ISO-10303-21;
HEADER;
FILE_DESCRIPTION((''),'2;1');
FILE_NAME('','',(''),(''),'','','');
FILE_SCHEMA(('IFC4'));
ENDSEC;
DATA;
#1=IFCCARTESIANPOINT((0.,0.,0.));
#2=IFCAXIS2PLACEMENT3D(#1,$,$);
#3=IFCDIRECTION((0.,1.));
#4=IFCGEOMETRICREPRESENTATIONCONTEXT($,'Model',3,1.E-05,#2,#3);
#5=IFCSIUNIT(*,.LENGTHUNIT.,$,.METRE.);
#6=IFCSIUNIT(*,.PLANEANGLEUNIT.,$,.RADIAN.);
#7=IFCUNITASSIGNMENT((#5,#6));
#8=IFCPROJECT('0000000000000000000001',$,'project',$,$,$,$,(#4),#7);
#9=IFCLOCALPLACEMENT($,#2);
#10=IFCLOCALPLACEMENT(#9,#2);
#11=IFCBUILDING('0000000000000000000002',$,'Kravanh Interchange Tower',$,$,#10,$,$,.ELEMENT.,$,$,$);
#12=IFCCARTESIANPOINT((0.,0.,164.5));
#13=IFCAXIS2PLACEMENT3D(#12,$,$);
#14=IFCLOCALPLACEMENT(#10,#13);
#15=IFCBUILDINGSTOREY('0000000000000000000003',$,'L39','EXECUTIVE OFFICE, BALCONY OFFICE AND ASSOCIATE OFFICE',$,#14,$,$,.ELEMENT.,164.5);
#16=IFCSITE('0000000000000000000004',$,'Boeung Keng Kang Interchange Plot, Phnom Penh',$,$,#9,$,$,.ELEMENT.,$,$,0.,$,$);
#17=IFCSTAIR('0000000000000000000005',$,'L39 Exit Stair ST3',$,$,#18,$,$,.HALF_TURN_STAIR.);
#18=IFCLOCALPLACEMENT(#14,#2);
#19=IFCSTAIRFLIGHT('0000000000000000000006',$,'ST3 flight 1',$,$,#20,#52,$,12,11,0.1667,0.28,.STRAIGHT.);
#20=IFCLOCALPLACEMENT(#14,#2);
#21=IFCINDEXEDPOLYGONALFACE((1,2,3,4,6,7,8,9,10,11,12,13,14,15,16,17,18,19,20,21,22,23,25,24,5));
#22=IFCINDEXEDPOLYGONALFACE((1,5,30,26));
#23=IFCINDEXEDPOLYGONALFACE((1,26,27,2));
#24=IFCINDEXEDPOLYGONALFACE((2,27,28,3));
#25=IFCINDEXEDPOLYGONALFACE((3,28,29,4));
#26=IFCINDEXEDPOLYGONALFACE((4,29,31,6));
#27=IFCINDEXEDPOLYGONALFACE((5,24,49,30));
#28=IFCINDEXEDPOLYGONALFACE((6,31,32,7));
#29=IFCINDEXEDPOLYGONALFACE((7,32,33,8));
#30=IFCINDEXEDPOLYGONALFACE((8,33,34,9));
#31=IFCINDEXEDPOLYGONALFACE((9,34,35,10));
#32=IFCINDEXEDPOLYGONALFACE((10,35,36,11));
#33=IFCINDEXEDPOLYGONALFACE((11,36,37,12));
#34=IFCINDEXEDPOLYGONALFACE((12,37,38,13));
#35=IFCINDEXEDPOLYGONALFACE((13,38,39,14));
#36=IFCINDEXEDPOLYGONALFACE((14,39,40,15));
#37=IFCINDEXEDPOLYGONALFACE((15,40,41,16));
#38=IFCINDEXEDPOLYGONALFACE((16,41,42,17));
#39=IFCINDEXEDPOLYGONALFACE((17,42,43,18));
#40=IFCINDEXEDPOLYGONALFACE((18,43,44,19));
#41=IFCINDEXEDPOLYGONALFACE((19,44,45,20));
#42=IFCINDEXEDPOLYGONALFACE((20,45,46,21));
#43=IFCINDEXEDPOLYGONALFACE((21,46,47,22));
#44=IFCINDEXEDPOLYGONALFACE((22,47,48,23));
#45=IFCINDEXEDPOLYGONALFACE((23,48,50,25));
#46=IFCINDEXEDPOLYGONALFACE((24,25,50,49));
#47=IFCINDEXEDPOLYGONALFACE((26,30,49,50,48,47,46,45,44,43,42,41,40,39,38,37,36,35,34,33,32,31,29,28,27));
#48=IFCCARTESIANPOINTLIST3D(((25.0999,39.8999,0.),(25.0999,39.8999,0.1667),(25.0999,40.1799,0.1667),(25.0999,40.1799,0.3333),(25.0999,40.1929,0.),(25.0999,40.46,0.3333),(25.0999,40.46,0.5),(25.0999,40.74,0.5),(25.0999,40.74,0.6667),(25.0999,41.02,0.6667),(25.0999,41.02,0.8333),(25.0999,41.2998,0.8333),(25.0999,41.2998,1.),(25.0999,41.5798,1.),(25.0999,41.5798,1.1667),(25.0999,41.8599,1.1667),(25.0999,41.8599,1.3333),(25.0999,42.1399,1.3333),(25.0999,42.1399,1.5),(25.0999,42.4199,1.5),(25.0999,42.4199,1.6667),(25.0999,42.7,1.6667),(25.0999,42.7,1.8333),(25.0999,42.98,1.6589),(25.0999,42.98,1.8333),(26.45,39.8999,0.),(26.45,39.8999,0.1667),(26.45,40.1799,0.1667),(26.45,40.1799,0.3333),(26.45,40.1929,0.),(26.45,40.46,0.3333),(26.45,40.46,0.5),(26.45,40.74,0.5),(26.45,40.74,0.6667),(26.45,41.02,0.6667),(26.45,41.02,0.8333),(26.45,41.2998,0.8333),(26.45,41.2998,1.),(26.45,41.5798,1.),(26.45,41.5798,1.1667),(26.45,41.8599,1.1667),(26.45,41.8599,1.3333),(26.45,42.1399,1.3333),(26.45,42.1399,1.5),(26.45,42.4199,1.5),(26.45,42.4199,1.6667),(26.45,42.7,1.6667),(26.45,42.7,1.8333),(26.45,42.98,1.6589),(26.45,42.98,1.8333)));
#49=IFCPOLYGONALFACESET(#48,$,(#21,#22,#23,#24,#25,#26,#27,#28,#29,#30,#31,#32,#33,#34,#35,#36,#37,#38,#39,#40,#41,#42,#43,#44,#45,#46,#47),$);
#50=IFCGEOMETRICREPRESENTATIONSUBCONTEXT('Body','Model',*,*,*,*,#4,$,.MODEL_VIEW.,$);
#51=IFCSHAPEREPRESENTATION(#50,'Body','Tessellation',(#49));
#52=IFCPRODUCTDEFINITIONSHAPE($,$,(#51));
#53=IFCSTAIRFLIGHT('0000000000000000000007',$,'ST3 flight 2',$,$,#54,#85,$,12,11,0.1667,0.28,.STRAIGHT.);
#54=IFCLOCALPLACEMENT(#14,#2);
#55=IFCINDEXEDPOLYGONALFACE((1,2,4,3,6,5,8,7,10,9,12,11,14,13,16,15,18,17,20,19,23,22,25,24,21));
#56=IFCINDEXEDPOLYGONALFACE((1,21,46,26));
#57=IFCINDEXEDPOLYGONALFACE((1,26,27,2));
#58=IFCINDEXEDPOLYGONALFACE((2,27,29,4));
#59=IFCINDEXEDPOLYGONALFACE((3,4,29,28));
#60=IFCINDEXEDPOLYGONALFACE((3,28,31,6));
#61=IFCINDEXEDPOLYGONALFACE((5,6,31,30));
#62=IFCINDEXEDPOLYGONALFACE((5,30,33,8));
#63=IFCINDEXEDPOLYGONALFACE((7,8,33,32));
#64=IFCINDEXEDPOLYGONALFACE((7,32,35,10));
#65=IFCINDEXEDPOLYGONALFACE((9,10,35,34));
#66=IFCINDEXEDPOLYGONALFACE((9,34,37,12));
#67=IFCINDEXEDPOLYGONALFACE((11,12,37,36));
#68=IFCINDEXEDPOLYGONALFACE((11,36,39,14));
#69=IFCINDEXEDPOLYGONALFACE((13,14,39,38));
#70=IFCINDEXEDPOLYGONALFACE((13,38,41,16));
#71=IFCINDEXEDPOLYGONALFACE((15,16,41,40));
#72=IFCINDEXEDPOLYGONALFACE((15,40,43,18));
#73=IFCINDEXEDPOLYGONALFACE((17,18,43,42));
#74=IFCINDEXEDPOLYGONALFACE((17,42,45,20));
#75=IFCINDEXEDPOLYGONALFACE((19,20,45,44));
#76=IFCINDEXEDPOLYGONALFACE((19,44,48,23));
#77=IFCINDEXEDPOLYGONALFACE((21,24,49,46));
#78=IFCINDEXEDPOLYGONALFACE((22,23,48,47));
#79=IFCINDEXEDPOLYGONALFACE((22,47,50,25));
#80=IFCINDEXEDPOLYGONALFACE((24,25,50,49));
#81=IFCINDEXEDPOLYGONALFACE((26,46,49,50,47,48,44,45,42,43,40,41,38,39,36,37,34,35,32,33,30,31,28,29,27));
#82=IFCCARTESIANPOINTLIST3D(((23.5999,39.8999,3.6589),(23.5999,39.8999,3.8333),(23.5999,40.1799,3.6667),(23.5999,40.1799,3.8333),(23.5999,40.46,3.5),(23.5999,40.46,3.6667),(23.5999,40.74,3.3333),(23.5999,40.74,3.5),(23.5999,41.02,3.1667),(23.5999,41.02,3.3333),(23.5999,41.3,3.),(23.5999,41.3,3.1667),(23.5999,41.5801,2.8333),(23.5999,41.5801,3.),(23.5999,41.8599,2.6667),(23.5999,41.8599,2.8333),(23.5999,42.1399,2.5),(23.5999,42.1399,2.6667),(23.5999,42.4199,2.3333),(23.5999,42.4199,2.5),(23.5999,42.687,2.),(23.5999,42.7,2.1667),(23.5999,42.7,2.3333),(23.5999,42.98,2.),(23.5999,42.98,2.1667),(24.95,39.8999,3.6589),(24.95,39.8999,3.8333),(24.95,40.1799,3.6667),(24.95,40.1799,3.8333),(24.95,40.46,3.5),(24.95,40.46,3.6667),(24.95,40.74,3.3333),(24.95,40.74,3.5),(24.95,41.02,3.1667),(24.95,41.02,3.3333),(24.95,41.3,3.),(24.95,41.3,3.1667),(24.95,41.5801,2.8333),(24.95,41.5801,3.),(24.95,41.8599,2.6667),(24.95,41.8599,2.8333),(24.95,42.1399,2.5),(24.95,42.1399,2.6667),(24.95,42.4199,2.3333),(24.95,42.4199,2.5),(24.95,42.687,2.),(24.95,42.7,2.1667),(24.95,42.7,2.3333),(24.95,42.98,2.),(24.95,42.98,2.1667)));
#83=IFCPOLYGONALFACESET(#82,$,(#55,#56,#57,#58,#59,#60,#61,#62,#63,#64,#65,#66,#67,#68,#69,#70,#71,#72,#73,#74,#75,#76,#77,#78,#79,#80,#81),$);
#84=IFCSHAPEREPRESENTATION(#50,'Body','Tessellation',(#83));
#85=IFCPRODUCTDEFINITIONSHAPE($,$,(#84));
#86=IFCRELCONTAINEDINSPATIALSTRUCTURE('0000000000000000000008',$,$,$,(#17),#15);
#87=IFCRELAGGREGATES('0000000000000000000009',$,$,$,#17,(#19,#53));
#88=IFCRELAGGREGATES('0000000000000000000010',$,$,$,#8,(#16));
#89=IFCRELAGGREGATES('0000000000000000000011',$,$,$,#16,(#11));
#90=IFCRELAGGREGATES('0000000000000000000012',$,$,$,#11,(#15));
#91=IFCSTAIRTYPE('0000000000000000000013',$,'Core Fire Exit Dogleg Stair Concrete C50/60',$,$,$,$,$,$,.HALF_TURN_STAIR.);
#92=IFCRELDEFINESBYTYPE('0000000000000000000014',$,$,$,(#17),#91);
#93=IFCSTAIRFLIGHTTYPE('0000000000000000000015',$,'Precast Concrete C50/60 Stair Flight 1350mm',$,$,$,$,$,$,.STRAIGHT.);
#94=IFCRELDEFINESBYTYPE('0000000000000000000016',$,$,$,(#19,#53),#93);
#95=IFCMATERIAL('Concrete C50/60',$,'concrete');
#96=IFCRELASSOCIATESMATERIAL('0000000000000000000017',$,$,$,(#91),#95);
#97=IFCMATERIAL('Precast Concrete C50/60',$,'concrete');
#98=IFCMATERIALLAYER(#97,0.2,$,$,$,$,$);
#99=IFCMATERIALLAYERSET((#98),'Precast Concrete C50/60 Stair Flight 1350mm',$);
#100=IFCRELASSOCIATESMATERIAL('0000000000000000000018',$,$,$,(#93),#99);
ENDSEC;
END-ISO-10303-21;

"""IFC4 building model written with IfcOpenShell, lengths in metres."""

from ifc_helpers import new_model, si_unit, direction, frame, origin, place, context, subcontext, project, spatial, polyline, outline, extrude, material, layer, layer_set, type_object, element, aggregate, save


model = new_model("IFC4")

# Units and contexts
model_context = context("Model", 3, precision=1e-05, world=origin(), true_north=direction((0.0, 1.0)))
body_context = subcontext(model_context, "Body", "Model", "MODEL_VIEW")
ifc_project = project(units=[si_unit("LENGTHUNIT", "METRE"), si_unit("PLANEANGLEUNIT", "RADIAN")], contexts=[model_context])

# Site, building, storey
site_placement = place(None, origin())
site = spatial("IfcSite", under=ifc_project, at=site_placement, Name="Boeung Keng Kang Interchange Plot, Phnom Penh", CompositionType="ELEMENT", RefElevation=0.0)
building_placement = place(site_placement, origin())
building = spatial("IfcBuilding", under=site, at=building_placement, Name="Kravanh Interchange Tower", CompositionType="ELEMENT")
storey_placement = place(building_placement, frame((0.0, 0.0, 164.5)))
storey = spatial("IfcBuildingStorey", under=building, at=storey_placement, Name="L39", Description="EXECUTIVE OFFICE, BALCONY OFFICE AND ASSOCIATE OFFICE", CompositionType="ELEMENT", Elevation=164.5)

# Stair, stair flights
ifc_material_1 = material(Name="Concrete C50/60", Category="concrete")
stair_type = type_object("IfcStairType", Name="Core Fire Exit Dogleg Stair Concrete C50/60", PredefinedType="HALF_TURN_STAIR", material=ifc_material_1)
stair_placement = place(storey_placement, origin())
stair = element("IfcStair", 1, at=stair_placement, inside=storey, type_object=stair_type, Name="L39 Exit Stair ST3", PredefinedType="HALF_TURN_STAIR")
ifc_material_2 = material(Name="Precast Concrete C50/60", Category="concrete")
ifc_layer_1 = layer(ifc_material_2, 0.2)
ifc_layer_set_1 = layer_set([ifc_layer_1], Name="Precast Concrete C50/60 Stair Flight 1350mm")
stair_flight_type = type_object("IfcStairFlightType", Name="Precast Concrete C50/60 Stair Flight 1350mm", PredefinedType="STRAIGHT", material=ifc_layer_set_1)
stair_flight_1_placement = place(storey_placement, frame((25.7749, 39.8999, 0.0), z_axis=(0.0, 0.0, 1.0), x_axis=(0.0, 1.0, 0.0)))
stair_flight_1 = element("IfcStairFlight", 2, at=stair_flight_1_placement, type_object=stair_flight_type, Name="ST3 flight 1", NumberOfRisers=12, NumberOfTreads=11, PredefinedType="STRAIGHT", RiserHeight=0.1667, TreadLength=0.28, context=body_context, shape_type="SweptSolid", body=[
    extrude(outline(polyline([(0.0, 0.0), (0.0, 0.1667), (0.28, 0.1667), (0.28, 0.3333), (0.5601, 0.3333), (0.5601, 0.5), (0.8401, 0.5), (0.8401, 0.6667), (1.1201, 0.6667), (1.1201, 0.8333), (1.3999, 0.8333), (1.3999, 1.0), (1.6799, 1.0), (1.6799, 1.1667), (1.96, 1.1667), (1.96, 1.3333), (2.24, 1.3333), (2.24, 1.5), (2.52, 1.5), (2.52, 1.6667), (2.8, 1.6667), (2.8, 1.8333), (3.0801, 1.8333), (3.0801, 2.0), (3.0801, 1.6589), (0.293, 0.0), (0.0, 0.0)])), frame((0.0, 0.675, 0.0), z_axis=(0.0, -1.0, 0.0), x_axis=(1.0, 0.0, 0.0)), (0.0, 0.0, 1.0), 1.3501),
])
stair_flight_2_placement = place(storey_placement, frame((24.2749, 42.98, 2.0), z_axis=(0.0, 0.0, 1.0), x_axis=(0.0, -1.0, 0.0)))
stair_flight_2 = element("IfcStairFlight", 3, at=stair_flight_2_placement, type_object=stair_flight_type, Name="ST3 flight 2", NumberOfRisers=12, NumberOfTreads=11, PredefinedType="STRAIGHT", RiserHeight=0.1667, TreadLength=0.28, context=body_context, shape_type="SweptSolid", body=[
    extrude(outline(polyline([(0.0, 0.0), (0.0, 0.1667), (0.28, 0.1667), (0.28, 0.3333), (0.5601, 0.3333), (0.5601, 0.5), (0.8401, 0.5), (0.8401, 0.6667), (1.1201, 0.6667), (1.1201, 0.8333), (1.3999, 0.8333), (1.3999, 1.0), (1.6799, 1.0), (1.6799, 1.1667), (1.96, 1.1667), (1.96, 1.3333), (2.24, 1.3333), (2.24, 1.5), (2.52, 1.5), (2.52, 1.6667), (2.8, 1.6667), (2.8, 1.8333), (3.0801, 1.8333), (3.0801, 2.0), (3.0801, 1.6589), (0.293, 0.0), (0.0, 0.0)])), frame((0.0, 0.675, 0.0), z_axis=(0.0, -1.0, 0.0), x_axis=(1.0, 0.0, 0.0)), (0.0, 0.0, 1.0), 1.3501),
])
aggregate(stair, [stair_flight_1, stair_flight_2])

save(model, "model.ifc")
